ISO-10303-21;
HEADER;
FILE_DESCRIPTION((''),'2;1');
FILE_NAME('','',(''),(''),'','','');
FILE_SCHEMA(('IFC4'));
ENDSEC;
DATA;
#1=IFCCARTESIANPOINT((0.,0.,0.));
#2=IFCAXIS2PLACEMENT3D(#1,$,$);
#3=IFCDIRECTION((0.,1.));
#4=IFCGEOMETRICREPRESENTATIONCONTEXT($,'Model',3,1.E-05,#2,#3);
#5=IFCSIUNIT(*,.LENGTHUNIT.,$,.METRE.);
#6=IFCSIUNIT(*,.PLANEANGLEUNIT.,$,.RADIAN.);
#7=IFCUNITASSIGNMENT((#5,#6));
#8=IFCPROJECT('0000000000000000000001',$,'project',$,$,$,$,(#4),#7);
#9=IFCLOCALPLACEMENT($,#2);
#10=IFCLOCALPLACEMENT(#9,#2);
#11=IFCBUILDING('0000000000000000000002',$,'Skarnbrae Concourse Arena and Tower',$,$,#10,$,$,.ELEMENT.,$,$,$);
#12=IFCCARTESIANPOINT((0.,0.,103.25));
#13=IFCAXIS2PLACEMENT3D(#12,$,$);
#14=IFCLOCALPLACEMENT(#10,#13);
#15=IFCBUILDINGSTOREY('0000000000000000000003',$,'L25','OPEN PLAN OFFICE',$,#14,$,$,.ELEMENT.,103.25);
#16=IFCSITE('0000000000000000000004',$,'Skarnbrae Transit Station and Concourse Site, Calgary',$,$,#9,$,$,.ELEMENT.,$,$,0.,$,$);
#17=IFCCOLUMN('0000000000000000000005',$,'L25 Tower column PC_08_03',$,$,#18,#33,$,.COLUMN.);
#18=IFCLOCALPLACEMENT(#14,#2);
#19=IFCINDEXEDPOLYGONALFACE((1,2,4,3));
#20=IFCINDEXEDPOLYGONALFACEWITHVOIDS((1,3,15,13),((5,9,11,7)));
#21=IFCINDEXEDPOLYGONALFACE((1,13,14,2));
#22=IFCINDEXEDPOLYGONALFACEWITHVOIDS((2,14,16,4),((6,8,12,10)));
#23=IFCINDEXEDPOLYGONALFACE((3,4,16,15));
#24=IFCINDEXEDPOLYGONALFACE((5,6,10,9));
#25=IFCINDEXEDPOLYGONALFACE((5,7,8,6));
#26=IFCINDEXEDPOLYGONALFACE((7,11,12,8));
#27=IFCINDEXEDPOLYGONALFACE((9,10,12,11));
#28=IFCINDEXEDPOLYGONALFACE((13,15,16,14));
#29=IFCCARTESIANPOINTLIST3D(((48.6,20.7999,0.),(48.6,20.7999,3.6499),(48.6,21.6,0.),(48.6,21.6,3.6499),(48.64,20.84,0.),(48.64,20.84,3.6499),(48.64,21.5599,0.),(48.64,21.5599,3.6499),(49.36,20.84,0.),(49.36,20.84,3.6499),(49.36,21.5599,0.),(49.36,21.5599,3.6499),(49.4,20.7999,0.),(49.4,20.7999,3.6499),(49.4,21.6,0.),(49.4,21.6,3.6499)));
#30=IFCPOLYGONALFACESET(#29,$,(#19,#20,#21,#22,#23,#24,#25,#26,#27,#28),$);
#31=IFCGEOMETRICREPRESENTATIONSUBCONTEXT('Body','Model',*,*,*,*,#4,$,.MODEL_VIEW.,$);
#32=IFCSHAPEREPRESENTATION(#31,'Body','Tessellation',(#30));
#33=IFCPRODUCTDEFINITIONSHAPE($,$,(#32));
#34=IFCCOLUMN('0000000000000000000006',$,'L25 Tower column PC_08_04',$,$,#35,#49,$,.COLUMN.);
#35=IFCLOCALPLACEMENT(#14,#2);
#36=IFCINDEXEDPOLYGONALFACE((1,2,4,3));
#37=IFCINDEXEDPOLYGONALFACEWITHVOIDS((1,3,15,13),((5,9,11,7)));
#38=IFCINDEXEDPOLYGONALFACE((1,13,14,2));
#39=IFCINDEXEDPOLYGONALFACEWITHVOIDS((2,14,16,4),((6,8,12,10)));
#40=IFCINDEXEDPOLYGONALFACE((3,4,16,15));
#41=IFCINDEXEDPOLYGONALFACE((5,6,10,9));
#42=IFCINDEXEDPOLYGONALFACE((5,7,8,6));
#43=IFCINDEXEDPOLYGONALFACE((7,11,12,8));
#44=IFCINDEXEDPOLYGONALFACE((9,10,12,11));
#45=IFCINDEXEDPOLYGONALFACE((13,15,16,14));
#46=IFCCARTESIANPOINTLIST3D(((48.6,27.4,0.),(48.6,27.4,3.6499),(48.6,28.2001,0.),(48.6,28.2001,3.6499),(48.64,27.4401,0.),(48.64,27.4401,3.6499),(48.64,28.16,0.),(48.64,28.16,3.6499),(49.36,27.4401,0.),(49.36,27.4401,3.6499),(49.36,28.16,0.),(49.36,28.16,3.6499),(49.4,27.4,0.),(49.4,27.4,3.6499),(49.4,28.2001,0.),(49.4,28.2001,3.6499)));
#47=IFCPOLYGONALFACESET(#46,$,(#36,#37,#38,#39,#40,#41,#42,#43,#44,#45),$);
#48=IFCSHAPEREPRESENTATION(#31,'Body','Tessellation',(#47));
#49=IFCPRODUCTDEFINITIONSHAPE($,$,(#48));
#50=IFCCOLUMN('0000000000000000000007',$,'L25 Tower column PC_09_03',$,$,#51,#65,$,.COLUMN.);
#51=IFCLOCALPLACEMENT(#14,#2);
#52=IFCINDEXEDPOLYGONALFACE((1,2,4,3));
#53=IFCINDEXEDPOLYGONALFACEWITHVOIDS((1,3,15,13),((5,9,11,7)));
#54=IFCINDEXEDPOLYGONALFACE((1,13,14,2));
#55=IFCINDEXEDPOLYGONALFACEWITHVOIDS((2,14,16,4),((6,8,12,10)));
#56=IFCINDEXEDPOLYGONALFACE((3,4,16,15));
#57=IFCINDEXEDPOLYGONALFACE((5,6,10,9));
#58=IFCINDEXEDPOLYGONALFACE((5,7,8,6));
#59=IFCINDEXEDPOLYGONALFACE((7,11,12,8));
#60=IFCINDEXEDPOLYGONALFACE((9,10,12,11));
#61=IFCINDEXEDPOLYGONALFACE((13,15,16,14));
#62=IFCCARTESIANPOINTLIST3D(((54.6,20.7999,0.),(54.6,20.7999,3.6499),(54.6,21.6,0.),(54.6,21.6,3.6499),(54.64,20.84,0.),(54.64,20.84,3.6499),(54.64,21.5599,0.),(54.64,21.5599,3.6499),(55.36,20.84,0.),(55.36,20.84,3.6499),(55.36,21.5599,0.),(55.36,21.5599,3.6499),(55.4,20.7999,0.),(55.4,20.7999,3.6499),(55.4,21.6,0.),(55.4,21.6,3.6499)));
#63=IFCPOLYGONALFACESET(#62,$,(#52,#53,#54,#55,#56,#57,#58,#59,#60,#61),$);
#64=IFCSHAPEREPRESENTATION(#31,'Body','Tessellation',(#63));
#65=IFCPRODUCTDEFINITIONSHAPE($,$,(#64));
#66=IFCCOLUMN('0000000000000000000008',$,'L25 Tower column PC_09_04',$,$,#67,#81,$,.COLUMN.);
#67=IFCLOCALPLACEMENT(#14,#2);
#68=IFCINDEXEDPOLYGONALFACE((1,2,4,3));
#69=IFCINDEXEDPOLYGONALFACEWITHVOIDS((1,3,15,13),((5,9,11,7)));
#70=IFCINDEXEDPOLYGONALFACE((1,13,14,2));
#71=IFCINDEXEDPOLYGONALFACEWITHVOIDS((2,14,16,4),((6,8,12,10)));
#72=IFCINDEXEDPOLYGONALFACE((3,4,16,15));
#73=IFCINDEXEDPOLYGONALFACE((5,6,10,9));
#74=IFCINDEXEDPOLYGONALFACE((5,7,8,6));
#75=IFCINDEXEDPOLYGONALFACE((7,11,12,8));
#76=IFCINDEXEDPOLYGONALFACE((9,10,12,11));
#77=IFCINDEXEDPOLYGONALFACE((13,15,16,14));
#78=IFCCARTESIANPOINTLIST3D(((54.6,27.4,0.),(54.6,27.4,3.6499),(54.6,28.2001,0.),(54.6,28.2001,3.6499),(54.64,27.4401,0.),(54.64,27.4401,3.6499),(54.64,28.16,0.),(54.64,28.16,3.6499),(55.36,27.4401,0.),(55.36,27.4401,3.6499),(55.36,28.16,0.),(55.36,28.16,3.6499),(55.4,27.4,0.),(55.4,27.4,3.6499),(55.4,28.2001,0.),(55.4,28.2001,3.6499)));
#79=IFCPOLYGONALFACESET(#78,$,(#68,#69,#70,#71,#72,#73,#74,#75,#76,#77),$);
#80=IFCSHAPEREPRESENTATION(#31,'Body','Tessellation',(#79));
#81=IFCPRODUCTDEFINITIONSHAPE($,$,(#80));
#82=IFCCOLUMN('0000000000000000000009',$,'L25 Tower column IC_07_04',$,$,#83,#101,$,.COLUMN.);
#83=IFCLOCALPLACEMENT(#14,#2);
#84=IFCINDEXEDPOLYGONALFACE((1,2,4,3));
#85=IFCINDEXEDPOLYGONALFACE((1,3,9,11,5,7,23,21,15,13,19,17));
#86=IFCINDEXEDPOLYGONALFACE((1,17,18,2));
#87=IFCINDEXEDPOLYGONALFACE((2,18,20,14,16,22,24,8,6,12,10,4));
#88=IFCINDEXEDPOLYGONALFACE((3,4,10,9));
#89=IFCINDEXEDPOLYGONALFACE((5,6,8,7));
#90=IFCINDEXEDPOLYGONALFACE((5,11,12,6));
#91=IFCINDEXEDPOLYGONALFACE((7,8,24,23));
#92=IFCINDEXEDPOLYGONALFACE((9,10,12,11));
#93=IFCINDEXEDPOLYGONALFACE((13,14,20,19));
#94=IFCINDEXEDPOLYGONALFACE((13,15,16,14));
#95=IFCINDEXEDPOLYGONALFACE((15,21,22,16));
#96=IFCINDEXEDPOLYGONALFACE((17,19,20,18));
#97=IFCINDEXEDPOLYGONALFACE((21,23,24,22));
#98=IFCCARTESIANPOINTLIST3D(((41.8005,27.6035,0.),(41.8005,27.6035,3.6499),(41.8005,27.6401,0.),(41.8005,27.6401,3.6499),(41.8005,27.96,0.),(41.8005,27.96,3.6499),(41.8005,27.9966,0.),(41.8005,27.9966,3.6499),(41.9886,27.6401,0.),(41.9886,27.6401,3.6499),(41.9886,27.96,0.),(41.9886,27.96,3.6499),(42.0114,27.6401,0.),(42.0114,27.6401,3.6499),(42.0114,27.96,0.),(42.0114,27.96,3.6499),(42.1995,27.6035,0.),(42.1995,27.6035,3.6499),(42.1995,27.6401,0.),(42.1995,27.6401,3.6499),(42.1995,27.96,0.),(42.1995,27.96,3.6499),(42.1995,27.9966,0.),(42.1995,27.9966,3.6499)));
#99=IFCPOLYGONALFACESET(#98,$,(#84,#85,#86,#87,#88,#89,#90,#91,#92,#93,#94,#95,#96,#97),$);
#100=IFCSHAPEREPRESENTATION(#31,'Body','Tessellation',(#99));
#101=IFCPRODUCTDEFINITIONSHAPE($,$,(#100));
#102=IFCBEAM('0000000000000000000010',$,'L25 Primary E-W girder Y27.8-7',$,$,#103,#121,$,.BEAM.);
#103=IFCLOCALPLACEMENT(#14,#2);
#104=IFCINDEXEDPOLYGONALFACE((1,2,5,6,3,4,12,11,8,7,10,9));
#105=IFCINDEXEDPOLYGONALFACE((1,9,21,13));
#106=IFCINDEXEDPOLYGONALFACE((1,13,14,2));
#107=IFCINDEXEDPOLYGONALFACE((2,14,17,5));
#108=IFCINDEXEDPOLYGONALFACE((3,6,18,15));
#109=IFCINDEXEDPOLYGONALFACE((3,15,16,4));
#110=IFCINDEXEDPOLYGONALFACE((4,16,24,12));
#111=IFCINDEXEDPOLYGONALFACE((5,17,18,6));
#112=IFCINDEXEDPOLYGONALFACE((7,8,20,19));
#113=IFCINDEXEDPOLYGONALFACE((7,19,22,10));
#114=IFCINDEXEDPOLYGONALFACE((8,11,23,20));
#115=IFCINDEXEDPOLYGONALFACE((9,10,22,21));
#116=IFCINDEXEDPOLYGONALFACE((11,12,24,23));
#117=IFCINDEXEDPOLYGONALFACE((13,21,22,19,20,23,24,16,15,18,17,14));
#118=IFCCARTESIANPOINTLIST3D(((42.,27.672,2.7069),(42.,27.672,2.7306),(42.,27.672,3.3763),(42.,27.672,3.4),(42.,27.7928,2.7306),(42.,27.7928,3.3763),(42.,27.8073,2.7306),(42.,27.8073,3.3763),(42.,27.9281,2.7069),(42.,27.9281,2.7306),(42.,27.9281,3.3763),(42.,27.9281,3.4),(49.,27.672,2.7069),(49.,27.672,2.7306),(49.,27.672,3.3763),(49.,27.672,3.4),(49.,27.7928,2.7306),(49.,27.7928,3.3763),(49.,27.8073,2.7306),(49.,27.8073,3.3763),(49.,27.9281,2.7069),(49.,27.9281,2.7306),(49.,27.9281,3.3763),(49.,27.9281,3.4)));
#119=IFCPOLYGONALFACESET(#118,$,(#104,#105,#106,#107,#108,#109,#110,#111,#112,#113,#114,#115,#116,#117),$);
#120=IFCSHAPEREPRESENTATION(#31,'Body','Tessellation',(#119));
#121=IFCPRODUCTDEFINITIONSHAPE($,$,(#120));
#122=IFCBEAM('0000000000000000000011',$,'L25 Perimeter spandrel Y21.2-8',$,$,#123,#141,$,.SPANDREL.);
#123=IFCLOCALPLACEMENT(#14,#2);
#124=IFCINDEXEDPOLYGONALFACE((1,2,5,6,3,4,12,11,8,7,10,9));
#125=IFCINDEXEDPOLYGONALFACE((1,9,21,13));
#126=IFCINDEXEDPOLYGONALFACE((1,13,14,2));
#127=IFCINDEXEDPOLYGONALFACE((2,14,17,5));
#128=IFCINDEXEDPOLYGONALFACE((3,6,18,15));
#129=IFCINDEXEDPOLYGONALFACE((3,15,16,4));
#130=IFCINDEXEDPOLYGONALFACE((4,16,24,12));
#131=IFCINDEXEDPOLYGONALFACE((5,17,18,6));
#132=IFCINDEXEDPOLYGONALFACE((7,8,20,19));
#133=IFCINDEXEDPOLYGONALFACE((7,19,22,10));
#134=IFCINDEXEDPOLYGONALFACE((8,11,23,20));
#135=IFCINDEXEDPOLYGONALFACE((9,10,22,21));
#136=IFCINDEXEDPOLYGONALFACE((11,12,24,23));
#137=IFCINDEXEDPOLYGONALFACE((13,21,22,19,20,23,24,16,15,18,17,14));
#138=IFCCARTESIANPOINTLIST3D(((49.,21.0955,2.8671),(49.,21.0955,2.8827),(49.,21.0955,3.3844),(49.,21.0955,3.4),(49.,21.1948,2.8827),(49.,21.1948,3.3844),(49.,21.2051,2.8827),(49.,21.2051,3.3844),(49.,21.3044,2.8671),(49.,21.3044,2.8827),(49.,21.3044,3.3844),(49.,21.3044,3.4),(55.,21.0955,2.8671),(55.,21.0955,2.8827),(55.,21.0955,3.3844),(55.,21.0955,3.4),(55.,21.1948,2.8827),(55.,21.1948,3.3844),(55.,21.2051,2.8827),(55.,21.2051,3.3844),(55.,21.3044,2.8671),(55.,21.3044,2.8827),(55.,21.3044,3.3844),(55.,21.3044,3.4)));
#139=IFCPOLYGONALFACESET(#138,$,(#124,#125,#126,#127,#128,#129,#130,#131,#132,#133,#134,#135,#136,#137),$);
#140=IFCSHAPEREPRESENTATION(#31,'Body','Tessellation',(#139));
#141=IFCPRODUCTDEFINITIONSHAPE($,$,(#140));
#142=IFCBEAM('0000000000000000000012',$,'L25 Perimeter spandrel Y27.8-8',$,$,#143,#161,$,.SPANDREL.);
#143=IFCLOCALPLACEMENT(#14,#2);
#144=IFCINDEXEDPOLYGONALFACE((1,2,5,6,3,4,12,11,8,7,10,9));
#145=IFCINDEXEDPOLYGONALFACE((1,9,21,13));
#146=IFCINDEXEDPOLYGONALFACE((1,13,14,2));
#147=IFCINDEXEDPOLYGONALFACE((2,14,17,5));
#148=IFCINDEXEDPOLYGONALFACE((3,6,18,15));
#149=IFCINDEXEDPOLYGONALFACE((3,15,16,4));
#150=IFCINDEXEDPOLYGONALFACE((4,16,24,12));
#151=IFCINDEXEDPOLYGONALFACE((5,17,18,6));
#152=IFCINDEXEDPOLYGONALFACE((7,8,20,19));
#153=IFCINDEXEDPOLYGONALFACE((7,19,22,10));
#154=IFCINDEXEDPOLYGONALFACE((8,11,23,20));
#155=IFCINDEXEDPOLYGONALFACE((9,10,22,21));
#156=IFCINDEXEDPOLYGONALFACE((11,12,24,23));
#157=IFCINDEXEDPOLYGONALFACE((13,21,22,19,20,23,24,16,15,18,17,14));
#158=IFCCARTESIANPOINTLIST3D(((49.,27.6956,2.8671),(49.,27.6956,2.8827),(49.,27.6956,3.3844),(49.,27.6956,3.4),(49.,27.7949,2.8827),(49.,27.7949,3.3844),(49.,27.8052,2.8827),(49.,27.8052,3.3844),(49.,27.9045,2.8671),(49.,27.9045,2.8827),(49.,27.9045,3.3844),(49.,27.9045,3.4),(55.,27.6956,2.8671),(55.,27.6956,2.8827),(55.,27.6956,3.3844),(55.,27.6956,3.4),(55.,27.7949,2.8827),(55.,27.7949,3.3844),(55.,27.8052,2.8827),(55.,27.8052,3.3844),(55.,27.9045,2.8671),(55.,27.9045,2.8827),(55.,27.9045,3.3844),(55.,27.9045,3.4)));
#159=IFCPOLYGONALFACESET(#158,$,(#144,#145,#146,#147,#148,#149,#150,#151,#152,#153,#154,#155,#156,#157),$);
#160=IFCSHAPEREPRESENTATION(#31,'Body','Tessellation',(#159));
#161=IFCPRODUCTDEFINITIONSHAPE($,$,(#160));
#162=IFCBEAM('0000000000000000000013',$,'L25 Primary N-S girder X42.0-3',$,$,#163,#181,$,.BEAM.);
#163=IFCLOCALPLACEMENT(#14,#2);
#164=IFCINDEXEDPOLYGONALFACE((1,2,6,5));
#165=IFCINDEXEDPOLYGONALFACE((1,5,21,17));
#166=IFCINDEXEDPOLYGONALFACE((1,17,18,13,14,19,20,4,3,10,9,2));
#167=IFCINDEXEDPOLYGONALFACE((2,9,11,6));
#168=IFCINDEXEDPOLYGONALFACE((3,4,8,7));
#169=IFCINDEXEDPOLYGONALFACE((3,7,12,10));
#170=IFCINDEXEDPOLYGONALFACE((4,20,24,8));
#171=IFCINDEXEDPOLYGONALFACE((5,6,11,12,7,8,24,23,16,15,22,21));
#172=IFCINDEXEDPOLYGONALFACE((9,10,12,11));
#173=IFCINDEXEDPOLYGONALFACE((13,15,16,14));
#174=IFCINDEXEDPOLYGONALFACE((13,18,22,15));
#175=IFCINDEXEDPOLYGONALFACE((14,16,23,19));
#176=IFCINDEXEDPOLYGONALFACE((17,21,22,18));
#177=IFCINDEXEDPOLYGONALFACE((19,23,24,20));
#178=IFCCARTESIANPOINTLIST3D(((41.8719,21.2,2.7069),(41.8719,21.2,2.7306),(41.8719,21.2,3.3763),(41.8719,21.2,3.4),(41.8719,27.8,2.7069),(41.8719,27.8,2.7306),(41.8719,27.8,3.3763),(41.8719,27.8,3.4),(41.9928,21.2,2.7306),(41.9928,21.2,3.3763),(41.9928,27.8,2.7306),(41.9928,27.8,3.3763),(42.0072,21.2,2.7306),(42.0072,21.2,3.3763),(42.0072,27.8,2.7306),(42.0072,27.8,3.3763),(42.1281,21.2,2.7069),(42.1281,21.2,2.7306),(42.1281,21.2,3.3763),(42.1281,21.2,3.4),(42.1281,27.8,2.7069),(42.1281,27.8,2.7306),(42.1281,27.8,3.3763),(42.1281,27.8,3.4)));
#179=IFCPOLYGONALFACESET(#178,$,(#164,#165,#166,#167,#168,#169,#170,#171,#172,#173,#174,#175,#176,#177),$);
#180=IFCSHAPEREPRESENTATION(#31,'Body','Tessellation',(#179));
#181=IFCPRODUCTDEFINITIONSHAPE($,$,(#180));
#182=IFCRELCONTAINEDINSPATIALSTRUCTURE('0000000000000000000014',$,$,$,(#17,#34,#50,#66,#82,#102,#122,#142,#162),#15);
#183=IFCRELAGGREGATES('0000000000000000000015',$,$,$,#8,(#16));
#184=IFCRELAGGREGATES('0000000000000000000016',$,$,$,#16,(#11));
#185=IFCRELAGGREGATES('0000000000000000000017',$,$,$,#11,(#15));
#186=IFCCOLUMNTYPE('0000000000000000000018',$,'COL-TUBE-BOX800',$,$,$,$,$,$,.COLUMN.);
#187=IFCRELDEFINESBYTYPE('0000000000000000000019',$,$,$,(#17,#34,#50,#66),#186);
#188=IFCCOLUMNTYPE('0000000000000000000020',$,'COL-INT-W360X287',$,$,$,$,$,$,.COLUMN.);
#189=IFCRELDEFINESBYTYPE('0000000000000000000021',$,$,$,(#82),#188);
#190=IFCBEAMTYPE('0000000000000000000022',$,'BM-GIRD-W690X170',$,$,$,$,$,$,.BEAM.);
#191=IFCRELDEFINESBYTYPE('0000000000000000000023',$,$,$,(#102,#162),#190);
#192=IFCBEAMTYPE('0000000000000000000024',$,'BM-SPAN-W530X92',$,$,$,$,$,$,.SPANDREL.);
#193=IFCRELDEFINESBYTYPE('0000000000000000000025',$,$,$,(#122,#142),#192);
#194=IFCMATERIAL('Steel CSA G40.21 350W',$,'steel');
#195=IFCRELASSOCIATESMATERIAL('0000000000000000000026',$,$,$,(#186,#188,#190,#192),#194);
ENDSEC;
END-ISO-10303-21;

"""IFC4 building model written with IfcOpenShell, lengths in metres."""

from ifc_helpers import new_model, si_unit, direction, frame, origin, origin_2d, place, context, subcontext, project, spatial, hollow_rectangle, i_section, extrude, source, transform, mapped, material, material_profile, profile_set, type_object, element, save


model = new_model("IFC4")

# Units and contexts
model_context = context("Model", 3, precision=1e-05, world=origin(), true_north=direction((0.0, 1.0)))
body_context = subcontext(model_context, "Body", "Model", "MODEL_VIEW")
ifc_project = project(units=[si_unit("LENGTHUNIT", "METRE"), si_unit("PLANEANGLEUNIT", "RADIAN")], contexts=[model_context])

# Site, building, storey
site_placement = place(None, origin())
site = spatial("IfcSite", under=ifc_project, at=site_placement, Name="Skarnbrae Transit Station and Concourse Site, Calgary", CompositionType="ELEMENT", RefElevation=0.0)
building_placement = place(site_placement, origin())
building = spatial("IfcBuilding", under=site, at=building_placement, Name="Skarnbrae Concourse Arena and Tower", CompositionType="ELEMENT")
storey_placement = place(building_placement, frame((0.0, 0.0, 103.25)))
storey = spatial("IfcBuildingStorey", under=building, at=storey_placement, Name="L25", Description="OPEN PLAN OFFICE", CompositionType="ELEMENT", Elevation=103.25)

# Columns
ifc_material_1 = material(Name="Steel CSA G40.21 350W", Category="steel")
ifc_material_profile_1 = material_profile(ifc_material_1, hollow_rectangle(XDim=0.8, YDim=0.8, WallThickness=0.04, at=origin_2d()), Name="BOX800X800X40")
ifc_profile_set_1 = profile_set([ifc_material_profile_1], Name="Steel CSA G40.21 350W")
column_type_1 = type_object("IfcColumnType", Name="COL-TUBE-BOX800", PredefinedType="COLUMN", material=ifc_profile_set_1)
shared_shape_1 = source(origin(), body_context, "Body", "SweptSolid", [
    extrude(hollow_rectangle(XDim=0.8, YDim=0.8, WallThickness=0.04, at=origin_2d()), origin(), (0.0, 0.0, 1.0), 3.6499),
])
for number, where, z_axis, x_axis, name in (
    (1, (49.0, 21.2, 0.0), (0.0, 0.0, 1.0), (1.0, 0.0, 0.0), "L25 Tower column PC_08_03"),
    (2, (49.0, 27.8, 0.0), (0.0, 0.0, 1.0), (1.0, 0.0, 0.0), "L25 Tower column PC_08_04"),
    (3, (55.0, 21.2, 0.0), (0.0, 0.0, 1.0), (1.0, 0.0, 0.0), "L25 Tower column PC_09_03"),
    (4, (55.0, 27.8, 0.0), (0.0, 0.0, 1.0), (1.0, 0.0, 0.0), "L25 Tower column PC_09_04"),
):
    element("IfcColumn", number, at=place(storey_placement, frame(where, z_axis=z_axis, x_axis=x_axis)), inside=storey, type_object=column_type_1, Name=name, PredefinedType="COLUMN", context=body_context, shape_type="MappedRepresentation", body=[
        mapped(shared_shape_1, transform((0.0, 0.0, 0.0))),
    ])
ifc_material_profile_2 = material_profile(ifc_material_1, i_section(OverallWidth=0.3989, OverallDepth=0.3931, WebThickness=0.0227, FlangeThickness=0.0366, at=origin_2d()), Name="W360X287")
ifc_profile_set_2 = profile_set([ifc_material_profile_2], Name="Steel CSA G40.21 350W")
column_type_2 = type_object("IfcColumnType", Name="COL-INT-W360X287", PredefinedType="COLUMN", material=ifc_profile_set_2)
shared_shape_2 = source(origin(), body_context, "Body", "SweptSolid", [
    extrude(i_section(OverallWidth=0.3989, OverallDepth=0.3931, WebThickness=0.0227, FlangeThickness=0.0366, at=origin_2d()), origin(), (0.0, 0.0, 1.0), 3.6499),
])
column_placement = place(storey_placement, frame((42.0, 27.8, 0.0), z_axis=(0.0, 0.0, 1.0), x_axis=(1.0, 0.0, 0.0)))
element("IfcColumn", 5, at=column_placement, inside=storey, type_object=column_type_2, Name="L25 Tower column IC_07_04", PredefinedType="COLUMN", context=body_context, shape_type="MappedRepresentation", body=[
    mapped(shared_shape_2, transform((0.0, 0.0, 0.0))),
])

# Beams
ifc_material_profile_3 = material_profile(ifc_material_1, i_section(OverallWidth=0.2561, OverallDepth=0.6931, WebThickness=0.0144, FlangeThickness=0.0237, at=origin_2d()), Name="W690X170")
ifc_profile_set_3 = profile_set([ifc_material_profile_3], Name="Steel CSA G40.21 350W")
beam_type_1 = type_object("IfcBeamType", Name="BM-GIRD-W690X170", PredefinedType="BEAM", material=ifc_profile_set_3)
shared_shape_3 = source(origin(), body_context, "Body", "SweptSolid", [
    extrude(i_section(OverallWidth=0.2561, OverallDepth=0.6931, WebThickness=0.0144, FlangeThickness=0.0237, at=origin_2d()), origin(), (0.0, 0.0, 1.0), 7.0),
])
beam_1_placement = place(storey_placement, frame((42.0, 27.8, 3.0535), z_axis=(1.0, 0.0, 0.0), x_axis=(0.0, 1.0, 0.0)))
element("IfcBeam", 6, at=beam_1_placement, inside=storey, type_object=beam_type_1, Name="L25 Primary E-W girder Y27.8-7", PredefinedType="BEAM", context=body_context, shape_type="MappedRepresentation", body=[
    mapped(shared_shape_3, transform((0.0, 0.0, 0.0))),
])
ifc_material_profile_4 = material_profile(ifc_material_1, i_section(OverallWidth=0.209, OverallDepth=0.533, WebThickness=0.0103, FlangeThickness=0.0156, at=origin_2d()), Name="W530X92")
ifc_profile_set_4 = profile_set([ifc_material_profile_4], Name="Steel CSA G40.21 350W")
beam_type_2 = type_object("IfcBeamType", Name="BM-SPAN-W530X92", PredefinedType="SPANDREL", material=ifc_profile_set_4)
shared_shape_4 = source(origin(), body_context, "Body", "SweptSolid", [
    extrude(i_section(OverallWidth=0.209, OverallDepth=0.533, WebThickness=0.0103, FlangeThickness=0.0156, at=origin_2d()), origin(), (0.0, 0.0, 1.0), 6.0),
])
for number, where, z_axis, x_axis, name in (
    (7, (49.0, 21.2, 3.1335), (1.0, 0.0, 0.0), (0.0, 1.0, 0.0), "L25 Perimeter spandrel Y21.2-8"),
    (8, (49.0, 27.8, 3.1335), (1.0, 0.0, 0.0), (0.0, 1.0, 0.0), "L25 Perimeter spandrel Y27.8-8"),
):
    element("IfcBeam", number, at=place(storey_placement, frame(where, z_axis=z_axis, x_axis=x_axis)), inside=storey, type_object=beam_type_2, Name=name, PredefinedType="SPANDREL", context=body_context, shape_type="MappedRepresentation", body=[
        mapped(shared_shape_4, transform((0.0, 0.0, 0.0))),
    ])
shared_shape_5 = source(origin(), body_context, "Body", "SweptSolid", [
    extrude(i_section(OverallWidth=0.2561, OverallDepth=0.6931, WebThickness=0.0144, FlangeThickness=0.0237, at=origin_2d()), origin(), (0.0, 0.0, 1.0), 6.6001),
])
beam_2_placement = place(storey_placement, frame((42.0, 21.2, 3.0535), z_axis=(0.0, 1.0, 0.0), x_axis=(-1.0, 0.0, 0.0)))
element("IfcBeam", 9, at=beam_2_placement, inside=storey, type_object=beam_type_1, Name="L25 Primary N-S girder X42.0-3", PredefinedType="BEAM", context=body_context, shape_type="MappedRepresentation", body=[
    mapped(shared_shape_5, transform((0.0, 0.0, 0.0))),
])

save(model, "model.ifc")
